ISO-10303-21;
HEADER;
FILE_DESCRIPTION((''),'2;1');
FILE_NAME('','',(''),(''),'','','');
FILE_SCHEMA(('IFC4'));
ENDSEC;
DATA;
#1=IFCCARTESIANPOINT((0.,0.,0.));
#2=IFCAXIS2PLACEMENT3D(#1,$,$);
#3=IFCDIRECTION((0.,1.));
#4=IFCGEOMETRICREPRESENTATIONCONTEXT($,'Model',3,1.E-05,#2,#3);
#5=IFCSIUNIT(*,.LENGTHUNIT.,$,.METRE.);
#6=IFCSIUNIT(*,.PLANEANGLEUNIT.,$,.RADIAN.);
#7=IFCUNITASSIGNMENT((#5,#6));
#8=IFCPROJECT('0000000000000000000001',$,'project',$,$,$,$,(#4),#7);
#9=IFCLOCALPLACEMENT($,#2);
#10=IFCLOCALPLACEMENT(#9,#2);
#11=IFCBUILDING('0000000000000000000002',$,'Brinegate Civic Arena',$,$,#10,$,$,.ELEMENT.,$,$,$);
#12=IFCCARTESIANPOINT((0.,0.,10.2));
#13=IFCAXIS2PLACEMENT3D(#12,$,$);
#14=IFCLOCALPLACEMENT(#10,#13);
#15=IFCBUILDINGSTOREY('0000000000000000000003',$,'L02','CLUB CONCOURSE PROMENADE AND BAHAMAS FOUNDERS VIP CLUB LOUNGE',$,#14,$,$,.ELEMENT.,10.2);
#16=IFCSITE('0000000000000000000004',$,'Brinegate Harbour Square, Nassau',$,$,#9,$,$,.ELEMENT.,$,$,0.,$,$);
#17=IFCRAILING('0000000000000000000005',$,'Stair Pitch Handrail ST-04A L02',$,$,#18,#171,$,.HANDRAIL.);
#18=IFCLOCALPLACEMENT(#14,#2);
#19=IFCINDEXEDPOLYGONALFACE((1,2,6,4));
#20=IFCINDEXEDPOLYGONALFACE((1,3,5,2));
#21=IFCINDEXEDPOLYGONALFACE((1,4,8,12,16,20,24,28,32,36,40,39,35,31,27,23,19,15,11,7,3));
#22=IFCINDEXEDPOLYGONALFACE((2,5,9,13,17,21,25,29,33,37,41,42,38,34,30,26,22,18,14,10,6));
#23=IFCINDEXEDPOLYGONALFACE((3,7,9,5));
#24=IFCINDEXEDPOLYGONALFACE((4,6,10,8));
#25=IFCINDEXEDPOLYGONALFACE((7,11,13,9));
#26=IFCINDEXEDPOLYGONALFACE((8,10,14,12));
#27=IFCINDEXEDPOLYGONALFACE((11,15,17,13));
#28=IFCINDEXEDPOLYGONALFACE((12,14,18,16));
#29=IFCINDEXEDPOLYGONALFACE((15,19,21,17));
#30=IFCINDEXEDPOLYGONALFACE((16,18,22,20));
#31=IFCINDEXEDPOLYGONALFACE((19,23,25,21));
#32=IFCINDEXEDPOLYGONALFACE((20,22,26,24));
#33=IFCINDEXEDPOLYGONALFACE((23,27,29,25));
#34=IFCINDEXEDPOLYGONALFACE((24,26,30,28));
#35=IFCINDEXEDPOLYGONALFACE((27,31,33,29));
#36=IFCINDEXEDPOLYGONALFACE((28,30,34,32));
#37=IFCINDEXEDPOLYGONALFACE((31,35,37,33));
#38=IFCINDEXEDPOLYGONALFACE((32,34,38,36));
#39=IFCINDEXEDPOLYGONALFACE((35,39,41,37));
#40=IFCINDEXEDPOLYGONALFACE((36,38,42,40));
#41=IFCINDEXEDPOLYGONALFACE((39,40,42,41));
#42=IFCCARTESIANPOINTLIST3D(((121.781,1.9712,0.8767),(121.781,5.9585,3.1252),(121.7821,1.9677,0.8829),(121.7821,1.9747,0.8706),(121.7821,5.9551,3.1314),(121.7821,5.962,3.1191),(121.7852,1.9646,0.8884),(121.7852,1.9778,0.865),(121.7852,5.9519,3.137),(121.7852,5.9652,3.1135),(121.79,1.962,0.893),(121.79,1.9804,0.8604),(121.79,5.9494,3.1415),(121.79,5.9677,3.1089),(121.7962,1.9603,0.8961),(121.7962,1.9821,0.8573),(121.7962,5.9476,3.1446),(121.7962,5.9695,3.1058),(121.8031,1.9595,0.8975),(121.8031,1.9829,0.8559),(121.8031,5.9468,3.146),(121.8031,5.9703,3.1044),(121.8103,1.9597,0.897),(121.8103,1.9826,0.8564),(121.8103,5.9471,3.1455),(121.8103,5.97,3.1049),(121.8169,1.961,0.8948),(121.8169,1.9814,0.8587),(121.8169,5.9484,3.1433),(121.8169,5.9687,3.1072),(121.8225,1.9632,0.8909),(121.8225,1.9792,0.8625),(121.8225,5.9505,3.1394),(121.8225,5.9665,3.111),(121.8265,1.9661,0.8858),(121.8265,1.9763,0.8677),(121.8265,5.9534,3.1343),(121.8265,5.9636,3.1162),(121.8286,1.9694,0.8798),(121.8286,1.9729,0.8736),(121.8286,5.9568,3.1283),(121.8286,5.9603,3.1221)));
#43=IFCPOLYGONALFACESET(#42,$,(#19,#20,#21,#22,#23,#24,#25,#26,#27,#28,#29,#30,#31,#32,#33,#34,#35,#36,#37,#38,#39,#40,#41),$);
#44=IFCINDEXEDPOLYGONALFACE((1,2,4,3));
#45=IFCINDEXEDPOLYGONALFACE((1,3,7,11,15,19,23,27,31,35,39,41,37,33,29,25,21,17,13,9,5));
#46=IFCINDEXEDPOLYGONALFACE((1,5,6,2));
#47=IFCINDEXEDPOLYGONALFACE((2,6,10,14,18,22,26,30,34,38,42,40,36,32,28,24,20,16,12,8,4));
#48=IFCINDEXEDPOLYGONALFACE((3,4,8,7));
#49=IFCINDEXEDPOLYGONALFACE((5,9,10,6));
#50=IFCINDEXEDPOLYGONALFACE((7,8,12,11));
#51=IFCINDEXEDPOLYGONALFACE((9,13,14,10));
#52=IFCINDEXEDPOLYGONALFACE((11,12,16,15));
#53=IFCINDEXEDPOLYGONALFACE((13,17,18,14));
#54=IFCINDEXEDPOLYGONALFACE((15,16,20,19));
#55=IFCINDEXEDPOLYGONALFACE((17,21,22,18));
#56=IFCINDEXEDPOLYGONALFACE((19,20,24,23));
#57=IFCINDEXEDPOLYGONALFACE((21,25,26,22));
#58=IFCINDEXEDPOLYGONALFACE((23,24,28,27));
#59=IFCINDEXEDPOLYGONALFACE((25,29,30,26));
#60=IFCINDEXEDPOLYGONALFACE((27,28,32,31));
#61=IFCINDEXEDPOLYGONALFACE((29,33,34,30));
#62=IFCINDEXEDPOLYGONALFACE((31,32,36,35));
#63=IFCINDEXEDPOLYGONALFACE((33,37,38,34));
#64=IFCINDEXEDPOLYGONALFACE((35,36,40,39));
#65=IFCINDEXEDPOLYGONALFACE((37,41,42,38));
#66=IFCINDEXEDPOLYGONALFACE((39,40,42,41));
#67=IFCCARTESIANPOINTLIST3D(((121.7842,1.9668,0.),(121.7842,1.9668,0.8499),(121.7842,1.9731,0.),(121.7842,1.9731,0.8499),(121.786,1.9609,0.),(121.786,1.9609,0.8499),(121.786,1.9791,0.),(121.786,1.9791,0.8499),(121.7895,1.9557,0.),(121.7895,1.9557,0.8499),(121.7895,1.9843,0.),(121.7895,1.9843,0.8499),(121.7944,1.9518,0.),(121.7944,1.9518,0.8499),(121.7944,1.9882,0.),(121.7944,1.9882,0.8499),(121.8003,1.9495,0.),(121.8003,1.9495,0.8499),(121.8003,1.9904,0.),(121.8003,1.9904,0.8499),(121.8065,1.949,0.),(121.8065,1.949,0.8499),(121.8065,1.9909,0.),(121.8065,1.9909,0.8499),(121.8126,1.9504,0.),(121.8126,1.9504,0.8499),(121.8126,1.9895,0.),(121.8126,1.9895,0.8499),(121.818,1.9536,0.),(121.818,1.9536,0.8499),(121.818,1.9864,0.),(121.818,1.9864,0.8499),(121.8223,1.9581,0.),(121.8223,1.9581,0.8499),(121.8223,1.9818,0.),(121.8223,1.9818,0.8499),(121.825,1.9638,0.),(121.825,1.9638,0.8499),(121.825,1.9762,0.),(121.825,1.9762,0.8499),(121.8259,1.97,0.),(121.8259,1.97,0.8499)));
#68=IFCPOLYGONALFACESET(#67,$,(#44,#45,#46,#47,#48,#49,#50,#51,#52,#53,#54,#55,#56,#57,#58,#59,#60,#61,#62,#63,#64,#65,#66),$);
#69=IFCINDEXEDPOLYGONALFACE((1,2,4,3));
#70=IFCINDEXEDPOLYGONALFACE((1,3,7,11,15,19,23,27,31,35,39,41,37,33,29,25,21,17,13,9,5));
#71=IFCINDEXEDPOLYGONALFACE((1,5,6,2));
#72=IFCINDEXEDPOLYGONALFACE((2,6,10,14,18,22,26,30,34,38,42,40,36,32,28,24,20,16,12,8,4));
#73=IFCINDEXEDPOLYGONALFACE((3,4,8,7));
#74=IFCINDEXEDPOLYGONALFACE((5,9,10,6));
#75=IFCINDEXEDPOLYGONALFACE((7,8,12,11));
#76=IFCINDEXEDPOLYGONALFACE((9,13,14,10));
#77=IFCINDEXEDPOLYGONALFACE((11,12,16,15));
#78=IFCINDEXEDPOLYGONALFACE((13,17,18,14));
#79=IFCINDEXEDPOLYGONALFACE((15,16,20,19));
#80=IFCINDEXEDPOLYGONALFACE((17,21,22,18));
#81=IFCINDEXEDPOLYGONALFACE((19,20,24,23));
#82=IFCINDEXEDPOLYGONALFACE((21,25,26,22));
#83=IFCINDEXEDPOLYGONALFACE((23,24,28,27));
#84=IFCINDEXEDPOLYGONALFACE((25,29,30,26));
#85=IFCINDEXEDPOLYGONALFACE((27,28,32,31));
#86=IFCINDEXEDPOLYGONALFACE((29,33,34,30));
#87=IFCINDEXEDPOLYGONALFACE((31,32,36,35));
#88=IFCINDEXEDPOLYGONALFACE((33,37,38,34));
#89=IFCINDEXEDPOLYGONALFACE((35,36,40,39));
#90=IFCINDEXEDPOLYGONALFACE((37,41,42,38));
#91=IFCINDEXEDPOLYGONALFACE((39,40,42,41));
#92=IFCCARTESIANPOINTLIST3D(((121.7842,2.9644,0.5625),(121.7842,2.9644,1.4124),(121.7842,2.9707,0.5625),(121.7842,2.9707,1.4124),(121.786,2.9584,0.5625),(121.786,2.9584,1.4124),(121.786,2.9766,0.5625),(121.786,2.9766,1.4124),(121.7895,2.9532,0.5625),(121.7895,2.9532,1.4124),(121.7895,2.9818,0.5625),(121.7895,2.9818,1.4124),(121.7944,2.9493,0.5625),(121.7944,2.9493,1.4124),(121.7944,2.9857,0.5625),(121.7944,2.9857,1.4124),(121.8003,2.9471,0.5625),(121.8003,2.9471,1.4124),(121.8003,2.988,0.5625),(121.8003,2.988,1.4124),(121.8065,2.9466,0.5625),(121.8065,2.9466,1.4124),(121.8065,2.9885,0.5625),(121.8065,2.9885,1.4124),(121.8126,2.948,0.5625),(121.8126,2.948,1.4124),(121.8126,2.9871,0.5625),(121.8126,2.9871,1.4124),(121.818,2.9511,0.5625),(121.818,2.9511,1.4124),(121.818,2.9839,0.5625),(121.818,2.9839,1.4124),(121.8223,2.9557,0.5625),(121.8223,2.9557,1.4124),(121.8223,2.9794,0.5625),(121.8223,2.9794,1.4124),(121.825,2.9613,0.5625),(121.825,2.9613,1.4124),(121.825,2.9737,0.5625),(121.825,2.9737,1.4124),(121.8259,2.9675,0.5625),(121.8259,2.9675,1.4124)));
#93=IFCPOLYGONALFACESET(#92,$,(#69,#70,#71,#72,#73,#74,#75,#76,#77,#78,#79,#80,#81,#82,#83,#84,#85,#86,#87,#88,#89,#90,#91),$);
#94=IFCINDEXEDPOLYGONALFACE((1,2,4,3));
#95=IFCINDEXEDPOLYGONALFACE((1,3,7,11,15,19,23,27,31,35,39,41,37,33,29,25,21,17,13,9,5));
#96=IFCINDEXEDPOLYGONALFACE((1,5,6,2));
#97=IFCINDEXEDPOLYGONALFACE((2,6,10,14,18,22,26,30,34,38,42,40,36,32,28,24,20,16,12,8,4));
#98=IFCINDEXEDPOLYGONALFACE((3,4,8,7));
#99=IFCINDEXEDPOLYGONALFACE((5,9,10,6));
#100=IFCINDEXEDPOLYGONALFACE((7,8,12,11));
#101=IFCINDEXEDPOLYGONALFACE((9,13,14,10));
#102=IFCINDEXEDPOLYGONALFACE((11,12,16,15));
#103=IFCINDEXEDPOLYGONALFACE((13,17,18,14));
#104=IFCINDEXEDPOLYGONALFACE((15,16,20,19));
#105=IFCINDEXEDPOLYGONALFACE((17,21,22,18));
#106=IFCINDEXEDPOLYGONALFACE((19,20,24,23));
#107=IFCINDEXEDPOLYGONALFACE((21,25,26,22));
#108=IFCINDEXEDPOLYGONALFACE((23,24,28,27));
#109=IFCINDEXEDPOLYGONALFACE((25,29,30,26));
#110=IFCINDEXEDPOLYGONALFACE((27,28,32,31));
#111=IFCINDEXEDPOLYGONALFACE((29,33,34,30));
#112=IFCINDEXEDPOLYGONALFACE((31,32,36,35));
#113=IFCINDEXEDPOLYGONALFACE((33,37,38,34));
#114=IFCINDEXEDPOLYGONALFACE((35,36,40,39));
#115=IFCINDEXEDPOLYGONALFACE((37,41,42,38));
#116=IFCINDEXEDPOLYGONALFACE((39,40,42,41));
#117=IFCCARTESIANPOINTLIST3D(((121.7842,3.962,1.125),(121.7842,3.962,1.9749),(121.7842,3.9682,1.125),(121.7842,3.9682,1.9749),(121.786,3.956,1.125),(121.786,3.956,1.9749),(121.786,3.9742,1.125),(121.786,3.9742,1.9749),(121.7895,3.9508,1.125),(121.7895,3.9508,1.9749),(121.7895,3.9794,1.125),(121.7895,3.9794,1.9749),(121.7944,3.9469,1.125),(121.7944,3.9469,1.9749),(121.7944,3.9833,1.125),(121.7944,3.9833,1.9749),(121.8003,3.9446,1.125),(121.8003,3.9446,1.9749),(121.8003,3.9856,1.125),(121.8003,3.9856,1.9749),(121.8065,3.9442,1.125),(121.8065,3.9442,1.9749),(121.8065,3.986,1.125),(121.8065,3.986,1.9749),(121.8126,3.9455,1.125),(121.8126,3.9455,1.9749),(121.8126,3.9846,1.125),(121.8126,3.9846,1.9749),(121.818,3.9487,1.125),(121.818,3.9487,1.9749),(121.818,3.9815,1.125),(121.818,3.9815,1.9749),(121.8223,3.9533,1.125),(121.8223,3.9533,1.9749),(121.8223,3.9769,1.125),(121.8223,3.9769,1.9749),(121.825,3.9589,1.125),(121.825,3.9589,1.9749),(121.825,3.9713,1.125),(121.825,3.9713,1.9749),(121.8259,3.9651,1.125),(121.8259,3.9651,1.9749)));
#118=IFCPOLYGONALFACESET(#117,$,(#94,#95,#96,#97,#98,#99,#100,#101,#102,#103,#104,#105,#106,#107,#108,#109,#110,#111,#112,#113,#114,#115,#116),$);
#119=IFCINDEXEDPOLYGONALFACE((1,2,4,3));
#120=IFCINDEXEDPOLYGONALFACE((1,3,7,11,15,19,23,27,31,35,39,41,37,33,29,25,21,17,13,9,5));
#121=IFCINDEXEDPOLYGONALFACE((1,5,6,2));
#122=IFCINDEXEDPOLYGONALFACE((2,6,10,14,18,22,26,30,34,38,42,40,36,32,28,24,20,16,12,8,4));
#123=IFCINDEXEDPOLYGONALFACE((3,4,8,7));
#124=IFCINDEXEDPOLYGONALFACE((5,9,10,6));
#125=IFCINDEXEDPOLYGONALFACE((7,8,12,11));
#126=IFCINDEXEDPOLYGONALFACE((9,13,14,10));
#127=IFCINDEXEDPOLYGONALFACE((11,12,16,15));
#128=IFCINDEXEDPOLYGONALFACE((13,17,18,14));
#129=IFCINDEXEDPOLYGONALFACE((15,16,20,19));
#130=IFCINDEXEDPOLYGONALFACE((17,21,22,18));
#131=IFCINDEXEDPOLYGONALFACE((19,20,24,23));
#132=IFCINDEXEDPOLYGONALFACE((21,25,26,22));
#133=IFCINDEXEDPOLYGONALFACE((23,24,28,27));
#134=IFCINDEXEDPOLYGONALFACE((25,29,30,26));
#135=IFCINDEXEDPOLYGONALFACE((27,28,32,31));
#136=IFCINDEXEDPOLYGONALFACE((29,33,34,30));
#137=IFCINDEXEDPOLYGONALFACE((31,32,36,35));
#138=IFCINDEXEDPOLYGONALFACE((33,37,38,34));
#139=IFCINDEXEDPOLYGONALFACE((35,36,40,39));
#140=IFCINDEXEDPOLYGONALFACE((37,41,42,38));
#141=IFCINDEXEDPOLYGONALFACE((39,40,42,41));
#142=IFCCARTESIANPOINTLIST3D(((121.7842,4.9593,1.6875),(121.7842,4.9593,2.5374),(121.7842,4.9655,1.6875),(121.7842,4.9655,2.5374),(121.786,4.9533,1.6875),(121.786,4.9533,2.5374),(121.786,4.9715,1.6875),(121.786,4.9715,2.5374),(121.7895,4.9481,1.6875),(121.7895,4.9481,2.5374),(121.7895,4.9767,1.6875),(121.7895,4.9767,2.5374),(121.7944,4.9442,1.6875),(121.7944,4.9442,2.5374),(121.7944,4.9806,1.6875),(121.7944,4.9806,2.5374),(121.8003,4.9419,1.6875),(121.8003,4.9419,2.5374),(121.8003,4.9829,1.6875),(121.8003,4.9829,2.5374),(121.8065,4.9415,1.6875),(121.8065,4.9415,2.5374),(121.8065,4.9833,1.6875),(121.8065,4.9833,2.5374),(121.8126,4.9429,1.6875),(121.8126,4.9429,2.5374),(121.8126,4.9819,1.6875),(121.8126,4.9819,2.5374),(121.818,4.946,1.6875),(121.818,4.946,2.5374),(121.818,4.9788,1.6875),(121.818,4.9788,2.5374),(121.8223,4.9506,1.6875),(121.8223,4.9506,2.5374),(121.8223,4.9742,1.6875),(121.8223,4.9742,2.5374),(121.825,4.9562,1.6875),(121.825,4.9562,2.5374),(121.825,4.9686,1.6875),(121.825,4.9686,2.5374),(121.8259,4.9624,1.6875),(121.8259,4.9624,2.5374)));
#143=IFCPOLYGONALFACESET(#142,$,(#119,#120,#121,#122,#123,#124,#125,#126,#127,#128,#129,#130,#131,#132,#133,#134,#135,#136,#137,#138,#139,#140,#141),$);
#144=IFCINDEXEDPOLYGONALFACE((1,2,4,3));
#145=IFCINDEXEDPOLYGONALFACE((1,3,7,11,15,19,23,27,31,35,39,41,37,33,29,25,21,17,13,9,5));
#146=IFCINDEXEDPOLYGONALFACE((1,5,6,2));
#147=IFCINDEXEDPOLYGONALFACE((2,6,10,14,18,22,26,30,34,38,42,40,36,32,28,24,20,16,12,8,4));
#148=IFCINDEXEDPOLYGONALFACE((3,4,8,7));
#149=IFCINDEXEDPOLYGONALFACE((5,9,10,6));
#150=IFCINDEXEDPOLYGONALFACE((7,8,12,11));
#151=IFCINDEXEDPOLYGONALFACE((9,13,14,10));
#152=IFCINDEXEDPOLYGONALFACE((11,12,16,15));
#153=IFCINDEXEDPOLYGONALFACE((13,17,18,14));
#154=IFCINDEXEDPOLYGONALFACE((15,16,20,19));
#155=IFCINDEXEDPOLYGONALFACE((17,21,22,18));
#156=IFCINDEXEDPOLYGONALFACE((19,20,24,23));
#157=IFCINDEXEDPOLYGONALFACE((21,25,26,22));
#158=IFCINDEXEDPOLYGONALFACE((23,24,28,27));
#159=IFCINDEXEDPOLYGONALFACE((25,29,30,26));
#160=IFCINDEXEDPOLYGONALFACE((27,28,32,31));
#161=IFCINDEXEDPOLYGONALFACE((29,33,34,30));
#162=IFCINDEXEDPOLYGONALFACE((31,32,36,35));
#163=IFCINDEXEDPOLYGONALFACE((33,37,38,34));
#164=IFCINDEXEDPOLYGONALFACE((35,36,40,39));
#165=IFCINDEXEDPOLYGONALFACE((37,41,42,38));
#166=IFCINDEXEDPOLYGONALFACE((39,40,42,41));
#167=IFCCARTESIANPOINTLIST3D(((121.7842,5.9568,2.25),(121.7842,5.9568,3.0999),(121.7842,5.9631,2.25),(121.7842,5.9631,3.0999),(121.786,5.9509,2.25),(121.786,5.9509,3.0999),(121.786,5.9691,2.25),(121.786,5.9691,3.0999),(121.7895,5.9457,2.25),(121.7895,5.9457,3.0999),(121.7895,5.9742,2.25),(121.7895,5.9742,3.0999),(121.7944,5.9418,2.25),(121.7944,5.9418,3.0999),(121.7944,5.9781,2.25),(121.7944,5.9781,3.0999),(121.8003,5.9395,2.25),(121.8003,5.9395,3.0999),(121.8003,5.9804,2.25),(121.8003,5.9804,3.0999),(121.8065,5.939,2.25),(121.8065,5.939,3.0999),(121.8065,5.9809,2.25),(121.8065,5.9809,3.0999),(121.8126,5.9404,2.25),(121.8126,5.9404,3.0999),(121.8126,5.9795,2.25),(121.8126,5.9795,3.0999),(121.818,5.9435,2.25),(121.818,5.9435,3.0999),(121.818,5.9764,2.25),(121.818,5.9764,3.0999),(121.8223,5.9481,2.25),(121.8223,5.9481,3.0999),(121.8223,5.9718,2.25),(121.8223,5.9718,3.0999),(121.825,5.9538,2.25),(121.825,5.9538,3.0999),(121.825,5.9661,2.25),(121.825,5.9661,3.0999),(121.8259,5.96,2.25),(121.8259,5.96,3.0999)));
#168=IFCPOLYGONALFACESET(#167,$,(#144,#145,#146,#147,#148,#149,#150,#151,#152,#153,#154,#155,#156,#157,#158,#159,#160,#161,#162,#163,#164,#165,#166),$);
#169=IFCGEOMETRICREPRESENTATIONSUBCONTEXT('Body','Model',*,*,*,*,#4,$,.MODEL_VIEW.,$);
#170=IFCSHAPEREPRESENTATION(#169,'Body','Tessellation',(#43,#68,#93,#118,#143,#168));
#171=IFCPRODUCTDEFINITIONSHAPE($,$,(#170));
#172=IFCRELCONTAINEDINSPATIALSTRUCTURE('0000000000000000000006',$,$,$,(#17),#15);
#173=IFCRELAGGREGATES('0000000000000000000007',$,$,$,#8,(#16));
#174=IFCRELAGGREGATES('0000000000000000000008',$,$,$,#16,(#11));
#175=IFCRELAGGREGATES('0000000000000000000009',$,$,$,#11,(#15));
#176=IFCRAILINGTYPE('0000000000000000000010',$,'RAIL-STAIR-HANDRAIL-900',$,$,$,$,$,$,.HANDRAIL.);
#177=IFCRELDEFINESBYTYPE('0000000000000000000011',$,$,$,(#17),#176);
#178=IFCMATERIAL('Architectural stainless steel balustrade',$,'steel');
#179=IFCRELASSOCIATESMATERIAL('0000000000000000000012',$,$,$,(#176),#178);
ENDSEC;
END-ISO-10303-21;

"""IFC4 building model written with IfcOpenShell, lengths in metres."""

from ifc_helpers import new_model, si_unit, direction, frame, origin, origin_2d, place, context, subcontext, project, spatial, circle, extrude, material, type_object, element, save


model = new_model("IFC4")

# Units and contexts
model_context = context("Model", 3, precision=1e-05, world=origin(), true_north=direction((0.0, 1.0)))
body_context = subcontext(model_context, "Body", "Model", "MODEL_VIEW")
ifc_project = project(units=[si_unit("LENGTHUNIT", "METRE"), si_unit("PLANEANGLEUNIT", "RADIAN")], contexts=[model_context])

# Site, building, storey
site_placement = place(None, origin())
site = spatial("IfcSite", under=ifc_project, at=site_placement, Name="Brinegate Harbour Square, Nassau", CompositionType="ELEMENT", RefElevation=0.0)
building_placement = place(site_placement, origin())
building = spatial("IfcBuilding", under=site, at=building_placement, Name="Brinegate Civic Arena", CompositionType="ELEMENT")
storey_placement = place(building_placement, frame((0.0, 0.0, 10.2)))
storey = spatial("IfcBuildingStorey", under=building, at=storey_placement, Name="L02", Description="CLUB CONCOURSE PROMENADE AND BAHAMAS FOUNDERS VIP CLUB LOUNGE", CompositionType="ELEMENT", Elevation=10.2)

# Railing
ifc_material_1 = material(Name="Architectural stainless steel balustrade", Category="steel")
railing_type_1 = type_object("IfcRailingType", Name="RAIL-STAIR-HANDRAIL-900", PredefinedType="HANDRAIL", material=ifc_material_1)
for number, where, name in (
    (1, (121.8049, 1.97, 0.0), "Stair Pitch Handrail ST-04A L02"),
):
    element("IfcRailing", number, at=place(storey_placement, frame(where)), inside=storey, type_object=railing_type_1, Name=name, PredefinedType="HANDRAIL", context=body_context, shape_type="SweptSolid", body=[
        extrude(circle(Radius=0.0239, at=origin_2d()), frame((0.0, 0.0012, 0.8767), z_axis=(0.0, 0.87105, 0.491195), x_axis=(-1.0, 0.0, 0.0)), (0.0, 0.0, 1.0), 4.5776),
        extrude(circle(Radius=0.021, at=origin_2d()), origin(), (0.0, 0.0, 1.0), 0.8499),
        extrude(circle(Radius=0.021, at=origin_2d()), frame((0.0, 0.9976, 0.5625)), (0.0, 0.0, 1.0), 0.8499),
        extrude(circle(Radius=0.021, at=origin_2d()), frame((0.0, 1.9951, 1.125)), (0.0, 0.0, 1.0), 0.8499),
        extrude(circle(Radius=0.021, at=origin_2d()), frame((0.0, 2.9924, 1.6875)), (0.0, 0.0, 1.0), 0.8499),
        extrude(circle(Radius=0.021, at=origin_2d()), frame((0.0, 3.99, 2.25)), (0.0, 0.0, 1.0), 0.8499),
    ])

save(model, "model.ifc")
